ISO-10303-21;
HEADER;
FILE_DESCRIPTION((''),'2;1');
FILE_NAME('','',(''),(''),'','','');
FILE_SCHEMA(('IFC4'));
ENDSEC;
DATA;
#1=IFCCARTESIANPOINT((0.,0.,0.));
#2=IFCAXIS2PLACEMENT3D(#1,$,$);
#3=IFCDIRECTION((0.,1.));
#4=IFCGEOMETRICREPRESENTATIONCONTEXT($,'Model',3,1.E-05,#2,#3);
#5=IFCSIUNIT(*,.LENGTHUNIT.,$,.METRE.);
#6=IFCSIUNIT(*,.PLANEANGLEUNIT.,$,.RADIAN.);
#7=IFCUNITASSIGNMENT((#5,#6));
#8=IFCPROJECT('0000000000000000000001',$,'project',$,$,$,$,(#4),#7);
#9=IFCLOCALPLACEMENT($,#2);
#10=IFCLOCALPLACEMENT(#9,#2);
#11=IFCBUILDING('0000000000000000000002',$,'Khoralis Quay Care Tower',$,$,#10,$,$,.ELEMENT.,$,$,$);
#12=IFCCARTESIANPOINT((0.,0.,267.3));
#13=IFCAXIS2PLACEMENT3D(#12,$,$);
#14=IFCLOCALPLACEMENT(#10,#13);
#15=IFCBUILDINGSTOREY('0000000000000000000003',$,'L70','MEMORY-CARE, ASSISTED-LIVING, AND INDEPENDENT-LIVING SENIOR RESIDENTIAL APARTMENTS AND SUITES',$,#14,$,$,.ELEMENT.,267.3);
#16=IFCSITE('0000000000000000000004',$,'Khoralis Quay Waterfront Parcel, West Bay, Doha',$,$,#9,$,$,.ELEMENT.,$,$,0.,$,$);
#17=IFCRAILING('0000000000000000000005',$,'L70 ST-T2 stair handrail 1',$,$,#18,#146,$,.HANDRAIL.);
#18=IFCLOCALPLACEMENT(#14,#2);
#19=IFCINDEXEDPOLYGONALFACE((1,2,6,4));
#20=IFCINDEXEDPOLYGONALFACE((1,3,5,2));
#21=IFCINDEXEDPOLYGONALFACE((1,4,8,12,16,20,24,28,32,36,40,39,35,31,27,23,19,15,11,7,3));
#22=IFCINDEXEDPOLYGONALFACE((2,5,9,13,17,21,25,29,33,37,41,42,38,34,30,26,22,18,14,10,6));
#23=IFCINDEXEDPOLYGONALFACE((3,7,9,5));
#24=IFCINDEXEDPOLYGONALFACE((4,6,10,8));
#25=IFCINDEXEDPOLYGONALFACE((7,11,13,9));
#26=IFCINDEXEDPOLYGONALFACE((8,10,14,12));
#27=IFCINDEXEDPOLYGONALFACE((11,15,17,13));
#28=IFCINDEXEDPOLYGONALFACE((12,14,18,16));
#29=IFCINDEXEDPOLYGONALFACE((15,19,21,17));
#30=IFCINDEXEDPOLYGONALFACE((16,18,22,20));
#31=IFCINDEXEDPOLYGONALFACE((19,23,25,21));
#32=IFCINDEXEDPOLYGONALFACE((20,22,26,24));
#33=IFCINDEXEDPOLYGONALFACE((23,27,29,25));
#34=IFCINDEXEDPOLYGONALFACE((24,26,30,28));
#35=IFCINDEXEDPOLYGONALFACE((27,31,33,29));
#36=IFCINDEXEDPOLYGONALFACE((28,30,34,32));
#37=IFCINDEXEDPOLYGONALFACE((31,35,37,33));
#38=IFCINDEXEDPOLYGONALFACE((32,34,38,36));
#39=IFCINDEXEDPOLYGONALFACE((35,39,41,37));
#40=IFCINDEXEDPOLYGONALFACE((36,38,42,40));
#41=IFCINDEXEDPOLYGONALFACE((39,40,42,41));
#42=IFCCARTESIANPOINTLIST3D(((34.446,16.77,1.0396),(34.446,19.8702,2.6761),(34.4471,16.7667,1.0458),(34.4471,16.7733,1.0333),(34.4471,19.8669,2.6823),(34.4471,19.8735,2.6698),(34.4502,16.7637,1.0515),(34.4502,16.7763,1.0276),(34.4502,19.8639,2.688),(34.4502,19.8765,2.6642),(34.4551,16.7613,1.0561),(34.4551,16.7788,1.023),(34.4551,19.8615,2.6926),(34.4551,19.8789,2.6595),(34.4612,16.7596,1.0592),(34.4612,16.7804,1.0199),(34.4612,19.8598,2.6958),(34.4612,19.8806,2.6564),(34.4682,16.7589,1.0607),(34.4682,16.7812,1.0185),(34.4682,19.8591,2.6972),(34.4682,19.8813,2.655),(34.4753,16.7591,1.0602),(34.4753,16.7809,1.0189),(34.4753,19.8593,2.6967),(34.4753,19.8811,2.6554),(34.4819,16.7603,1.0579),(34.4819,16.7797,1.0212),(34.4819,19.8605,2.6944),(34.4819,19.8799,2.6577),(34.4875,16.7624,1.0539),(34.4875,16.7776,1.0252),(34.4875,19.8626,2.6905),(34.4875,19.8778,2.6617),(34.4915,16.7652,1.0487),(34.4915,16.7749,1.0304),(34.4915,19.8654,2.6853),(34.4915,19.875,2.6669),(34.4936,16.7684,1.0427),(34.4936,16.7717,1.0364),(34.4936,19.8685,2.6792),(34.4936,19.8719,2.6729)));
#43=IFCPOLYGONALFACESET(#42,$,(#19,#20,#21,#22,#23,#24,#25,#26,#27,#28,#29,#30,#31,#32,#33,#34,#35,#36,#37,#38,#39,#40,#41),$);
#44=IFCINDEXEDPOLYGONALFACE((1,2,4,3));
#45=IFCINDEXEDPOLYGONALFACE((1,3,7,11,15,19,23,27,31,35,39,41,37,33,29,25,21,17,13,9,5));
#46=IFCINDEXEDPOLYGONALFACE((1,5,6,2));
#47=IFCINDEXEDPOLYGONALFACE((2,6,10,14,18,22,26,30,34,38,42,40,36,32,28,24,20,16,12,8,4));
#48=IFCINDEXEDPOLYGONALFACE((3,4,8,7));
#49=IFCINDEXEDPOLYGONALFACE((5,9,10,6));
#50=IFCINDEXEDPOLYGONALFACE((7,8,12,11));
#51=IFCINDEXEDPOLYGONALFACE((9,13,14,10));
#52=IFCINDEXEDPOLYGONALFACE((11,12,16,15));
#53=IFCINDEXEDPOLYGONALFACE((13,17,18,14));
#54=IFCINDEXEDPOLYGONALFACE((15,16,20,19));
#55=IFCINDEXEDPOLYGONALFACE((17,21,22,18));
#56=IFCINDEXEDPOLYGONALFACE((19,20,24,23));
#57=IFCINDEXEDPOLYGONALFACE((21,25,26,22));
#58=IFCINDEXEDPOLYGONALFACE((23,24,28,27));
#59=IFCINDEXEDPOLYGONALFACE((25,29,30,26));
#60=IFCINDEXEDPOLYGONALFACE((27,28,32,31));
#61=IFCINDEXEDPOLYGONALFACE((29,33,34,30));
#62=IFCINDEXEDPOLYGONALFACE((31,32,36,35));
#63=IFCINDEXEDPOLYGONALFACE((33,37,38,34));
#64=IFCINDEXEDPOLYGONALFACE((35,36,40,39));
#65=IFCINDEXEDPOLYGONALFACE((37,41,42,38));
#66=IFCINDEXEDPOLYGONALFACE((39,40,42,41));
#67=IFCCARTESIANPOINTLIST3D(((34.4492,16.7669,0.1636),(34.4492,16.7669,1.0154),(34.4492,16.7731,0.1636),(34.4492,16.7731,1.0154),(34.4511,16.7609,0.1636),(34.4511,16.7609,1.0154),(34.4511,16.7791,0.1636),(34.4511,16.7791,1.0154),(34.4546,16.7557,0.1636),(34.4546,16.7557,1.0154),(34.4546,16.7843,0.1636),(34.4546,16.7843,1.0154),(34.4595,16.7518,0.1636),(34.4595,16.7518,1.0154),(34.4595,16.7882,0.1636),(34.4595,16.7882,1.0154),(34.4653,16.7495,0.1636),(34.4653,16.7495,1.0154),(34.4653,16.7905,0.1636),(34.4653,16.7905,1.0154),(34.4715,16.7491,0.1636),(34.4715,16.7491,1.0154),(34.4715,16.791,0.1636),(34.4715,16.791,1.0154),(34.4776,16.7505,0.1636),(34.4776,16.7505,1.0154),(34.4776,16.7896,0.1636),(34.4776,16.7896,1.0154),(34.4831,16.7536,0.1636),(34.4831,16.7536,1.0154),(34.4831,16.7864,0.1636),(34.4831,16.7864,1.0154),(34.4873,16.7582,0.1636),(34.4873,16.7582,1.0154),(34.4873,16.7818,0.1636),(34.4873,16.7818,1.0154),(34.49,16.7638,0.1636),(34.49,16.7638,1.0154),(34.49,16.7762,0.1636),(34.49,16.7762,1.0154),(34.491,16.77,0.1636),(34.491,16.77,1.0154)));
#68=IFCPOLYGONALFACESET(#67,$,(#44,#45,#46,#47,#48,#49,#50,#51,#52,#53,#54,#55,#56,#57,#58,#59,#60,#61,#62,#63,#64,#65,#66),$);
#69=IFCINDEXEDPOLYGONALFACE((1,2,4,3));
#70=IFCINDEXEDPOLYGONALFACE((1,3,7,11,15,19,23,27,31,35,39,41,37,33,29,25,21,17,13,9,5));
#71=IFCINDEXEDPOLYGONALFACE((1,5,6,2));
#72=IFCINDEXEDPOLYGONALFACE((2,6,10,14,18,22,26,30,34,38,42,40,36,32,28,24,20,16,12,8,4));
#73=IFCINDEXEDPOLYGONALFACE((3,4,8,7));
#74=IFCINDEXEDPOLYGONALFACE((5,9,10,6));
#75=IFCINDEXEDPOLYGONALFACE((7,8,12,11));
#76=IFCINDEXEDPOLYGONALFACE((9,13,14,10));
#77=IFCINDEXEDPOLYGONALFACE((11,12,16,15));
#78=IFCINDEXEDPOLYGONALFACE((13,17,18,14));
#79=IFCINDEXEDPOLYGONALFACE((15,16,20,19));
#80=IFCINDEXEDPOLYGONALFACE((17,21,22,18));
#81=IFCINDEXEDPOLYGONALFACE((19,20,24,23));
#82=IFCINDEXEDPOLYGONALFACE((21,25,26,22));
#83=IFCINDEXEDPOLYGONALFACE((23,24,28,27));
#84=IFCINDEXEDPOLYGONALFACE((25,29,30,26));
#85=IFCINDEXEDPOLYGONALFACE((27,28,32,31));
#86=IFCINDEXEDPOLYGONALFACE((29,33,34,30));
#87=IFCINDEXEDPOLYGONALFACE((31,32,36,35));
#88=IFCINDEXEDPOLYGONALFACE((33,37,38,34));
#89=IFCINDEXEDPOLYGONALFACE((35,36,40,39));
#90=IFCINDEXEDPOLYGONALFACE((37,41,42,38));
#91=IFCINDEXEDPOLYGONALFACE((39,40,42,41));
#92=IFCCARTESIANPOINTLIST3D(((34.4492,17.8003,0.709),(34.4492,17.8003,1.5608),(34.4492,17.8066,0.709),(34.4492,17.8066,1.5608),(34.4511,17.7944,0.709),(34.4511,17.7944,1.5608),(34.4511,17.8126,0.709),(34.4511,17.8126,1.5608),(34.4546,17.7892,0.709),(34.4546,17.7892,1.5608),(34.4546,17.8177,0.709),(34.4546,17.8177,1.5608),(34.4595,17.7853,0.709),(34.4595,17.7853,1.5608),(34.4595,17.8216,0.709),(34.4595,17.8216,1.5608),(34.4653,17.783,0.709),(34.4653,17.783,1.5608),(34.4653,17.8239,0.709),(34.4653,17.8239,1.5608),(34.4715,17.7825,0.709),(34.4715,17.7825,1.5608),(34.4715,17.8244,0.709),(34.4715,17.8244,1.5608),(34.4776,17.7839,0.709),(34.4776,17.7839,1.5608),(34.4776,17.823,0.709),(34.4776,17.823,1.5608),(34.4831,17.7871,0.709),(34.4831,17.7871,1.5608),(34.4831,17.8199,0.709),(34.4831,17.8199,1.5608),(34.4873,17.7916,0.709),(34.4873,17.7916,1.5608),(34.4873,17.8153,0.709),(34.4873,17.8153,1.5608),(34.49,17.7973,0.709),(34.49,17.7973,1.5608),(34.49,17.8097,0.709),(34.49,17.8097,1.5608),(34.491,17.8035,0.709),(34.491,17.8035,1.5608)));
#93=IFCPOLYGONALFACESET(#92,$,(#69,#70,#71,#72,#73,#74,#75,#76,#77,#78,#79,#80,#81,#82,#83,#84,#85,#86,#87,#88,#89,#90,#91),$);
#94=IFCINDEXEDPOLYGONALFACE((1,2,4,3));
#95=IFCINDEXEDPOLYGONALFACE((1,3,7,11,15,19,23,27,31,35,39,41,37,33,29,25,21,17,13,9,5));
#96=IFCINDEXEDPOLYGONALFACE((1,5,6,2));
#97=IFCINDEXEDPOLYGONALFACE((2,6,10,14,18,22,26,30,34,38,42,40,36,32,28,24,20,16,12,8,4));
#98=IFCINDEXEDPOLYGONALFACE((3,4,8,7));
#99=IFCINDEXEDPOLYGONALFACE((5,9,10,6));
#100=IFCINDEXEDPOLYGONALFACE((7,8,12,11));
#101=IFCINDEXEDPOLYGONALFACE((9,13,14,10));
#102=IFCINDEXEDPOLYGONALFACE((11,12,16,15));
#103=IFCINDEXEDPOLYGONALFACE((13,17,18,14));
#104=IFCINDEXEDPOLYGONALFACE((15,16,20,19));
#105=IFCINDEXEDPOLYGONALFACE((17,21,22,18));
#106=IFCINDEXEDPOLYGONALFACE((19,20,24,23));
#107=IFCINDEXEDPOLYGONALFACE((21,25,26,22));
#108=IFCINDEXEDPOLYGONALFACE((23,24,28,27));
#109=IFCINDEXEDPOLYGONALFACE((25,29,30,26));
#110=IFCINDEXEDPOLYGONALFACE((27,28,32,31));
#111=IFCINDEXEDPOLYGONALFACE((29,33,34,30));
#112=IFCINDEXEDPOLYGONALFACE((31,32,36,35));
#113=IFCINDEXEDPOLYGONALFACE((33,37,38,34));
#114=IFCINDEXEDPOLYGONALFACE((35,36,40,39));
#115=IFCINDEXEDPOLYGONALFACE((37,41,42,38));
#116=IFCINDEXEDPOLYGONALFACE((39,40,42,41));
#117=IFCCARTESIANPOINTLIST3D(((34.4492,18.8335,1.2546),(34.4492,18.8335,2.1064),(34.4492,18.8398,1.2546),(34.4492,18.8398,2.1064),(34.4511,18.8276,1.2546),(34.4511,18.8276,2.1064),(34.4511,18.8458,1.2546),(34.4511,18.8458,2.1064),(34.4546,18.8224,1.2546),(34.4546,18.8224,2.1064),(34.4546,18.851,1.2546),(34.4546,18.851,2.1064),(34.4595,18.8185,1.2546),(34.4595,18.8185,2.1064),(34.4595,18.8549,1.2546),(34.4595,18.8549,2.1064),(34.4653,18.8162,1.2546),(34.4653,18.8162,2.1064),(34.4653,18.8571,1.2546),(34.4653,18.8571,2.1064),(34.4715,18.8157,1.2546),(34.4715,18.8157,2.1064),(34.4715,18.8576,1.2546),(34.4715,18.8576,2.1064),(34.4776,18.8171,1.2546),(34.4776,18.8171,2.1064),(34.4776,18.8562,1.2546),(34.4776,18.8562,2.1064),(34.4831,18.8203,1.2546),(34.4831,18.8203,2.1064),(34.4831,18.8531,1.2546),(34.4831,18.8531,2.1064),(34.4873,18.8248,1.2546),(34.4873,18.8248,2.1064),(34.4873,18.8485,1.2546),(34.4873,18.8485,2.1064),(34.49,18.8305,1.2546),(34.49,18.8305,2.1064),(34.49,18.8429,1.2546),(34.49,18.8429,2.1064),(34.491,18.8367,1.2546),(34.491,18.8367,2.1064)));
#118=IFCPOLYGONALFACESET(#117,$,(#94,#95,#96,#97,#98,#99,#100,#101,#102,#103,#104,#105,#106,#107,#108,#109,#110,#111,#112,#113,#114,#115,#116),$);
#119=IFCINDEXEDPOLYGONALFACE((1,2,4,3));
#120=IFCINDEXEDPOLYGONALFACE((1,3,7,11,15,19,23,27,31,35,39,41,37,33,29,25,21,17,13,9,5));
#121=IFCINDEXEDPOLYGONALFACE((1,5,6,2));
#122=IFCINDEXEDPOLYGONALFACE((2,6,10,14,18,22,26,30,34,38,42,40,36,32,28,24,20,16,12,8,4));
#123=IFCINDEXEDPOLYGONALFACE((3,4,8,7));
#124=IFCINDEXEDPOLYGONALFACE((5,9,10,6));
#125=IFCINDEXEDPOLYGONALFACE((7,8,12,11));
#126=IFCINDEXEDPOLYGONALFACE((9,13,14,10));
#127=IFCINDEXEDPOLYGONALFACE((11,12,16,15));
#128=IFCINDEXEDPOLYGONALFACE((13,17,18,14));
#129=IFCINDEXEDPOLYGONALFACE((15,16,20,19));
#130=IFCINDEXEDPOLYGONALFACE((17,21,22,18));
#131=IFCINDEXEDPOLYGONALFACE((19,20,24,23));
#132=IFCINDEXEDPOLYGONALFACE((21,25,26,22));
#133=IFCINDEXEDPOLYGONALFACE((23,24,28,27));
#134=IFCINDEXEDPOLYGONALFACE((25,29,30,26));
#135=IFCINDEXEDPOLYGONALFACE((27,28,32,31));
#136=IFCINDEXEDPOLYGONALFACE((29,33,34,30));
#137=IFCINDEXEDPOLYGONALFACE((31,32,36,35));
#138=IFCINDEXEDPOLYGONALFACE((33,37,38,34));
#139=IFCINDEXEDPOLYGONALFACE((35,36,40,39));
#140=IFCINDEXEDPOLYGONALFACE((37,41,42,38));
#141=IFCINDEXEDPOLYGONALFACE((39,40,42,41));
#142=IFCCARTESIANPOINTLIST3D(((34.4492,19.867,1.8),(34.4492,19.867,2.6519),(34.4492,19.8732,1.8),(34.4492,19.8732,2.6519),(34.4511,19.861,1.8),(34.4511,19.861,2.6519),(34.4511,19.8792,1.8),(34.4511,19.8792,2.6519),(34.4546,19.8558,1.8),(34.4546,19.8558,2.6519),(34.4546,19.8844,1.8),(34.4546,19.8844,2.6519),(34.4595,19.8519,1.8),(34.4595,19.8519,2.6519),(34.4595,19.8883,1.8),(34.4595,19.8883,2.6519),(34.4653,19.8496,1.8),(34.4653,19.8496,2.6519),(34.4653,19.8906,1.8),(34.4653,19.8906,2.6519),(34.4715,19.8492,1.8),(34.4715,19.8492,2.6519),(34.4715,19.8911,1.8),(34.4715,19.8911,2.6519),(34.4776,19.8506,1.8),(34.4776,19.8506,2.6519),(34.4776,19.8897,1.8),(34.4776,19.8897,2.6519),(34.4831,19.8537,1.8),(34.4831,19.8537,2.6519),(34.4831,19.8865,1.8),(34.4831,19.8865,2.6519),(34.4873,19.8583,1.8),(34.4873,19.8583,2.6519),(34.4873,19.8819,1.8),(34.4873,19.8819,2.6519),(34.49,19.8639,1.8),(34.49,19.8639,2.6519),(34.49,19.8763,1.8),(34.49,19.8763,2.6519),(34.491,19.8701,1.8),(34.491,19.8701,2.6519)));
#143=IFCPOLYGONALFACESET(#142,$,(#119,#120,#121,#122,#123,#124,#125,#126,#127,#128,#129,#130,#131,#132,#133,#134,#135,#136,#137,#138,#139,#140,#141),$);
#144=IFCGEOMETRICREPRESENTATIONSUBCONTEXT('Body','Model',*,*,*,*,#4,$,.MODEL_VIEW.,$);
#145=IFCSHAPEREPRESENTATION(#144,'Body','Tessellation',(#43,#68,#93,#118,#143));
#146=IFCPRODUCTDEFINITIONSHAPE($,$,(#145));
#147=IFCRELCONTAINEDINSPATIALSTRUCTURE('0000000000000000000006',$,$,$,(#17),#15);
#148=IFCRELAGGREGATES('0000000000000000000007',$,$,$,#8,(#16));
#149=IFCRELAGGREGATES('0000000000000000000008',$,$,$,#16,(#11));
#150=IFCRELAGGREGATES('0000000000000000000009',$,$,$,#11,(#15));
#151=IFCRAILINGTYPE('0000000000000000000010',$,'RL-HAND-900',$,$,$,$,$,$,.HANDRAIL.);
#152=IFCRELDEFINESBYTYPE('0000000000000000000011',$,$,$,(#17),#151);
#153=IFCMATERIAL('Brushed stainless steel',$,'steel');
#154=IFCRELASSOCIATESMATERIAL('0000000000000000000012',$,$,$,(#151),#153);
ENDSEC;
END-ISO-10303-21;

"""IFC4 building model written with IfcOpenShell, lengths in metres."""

from ifc_helpers import new_model, si_unit, direction, frame, origin, origin_2d, place, context, subcontext, project, spatial, circle, extrude, material, type_object, element, save


model = new_model("IFC4")

# Units and contexts
model_context = context("Model", 3, precision=1e-05, world=origin(), true_north=direction((0.0, 1.0)))
body_context = subcontext(model_context, "Body", "Model", "MODEL_VIEW")
ifc_project = project(units=[si_unit("LENGTHUNIT", "METRE"), si_unit("PLANEANGLEUNIT", "RADIAN")], contexts=[model_context])

# Site, building, storey
site_placement = place(None, origin())
site = spatial("IfcSite", under=ifc_project, at=site_placement, Name="Khoralis Quay Waterfront Parcel, West Bay, Doha", CompositionType="ELEMENT", RefElevation=0.0)
building_placement = place(site_placement, origin())
building = spatial("IfcBuilding", under=site, at=building_placement, Name="Khoralis Quay Care Tower", CompositionType="ELEMENT")
storey_placement = place(building_placement, frame((0.0, 0.0, 267.3)))
storey = spatial("IfcBuildingStorey", under=building, at=storey_placement, Name="L70", Description="MEMORY-CARE, ASSISTED-LIVING, AND INDEPENDENT-LIVING SENIOR RESIDENTIAL APARTMENTS AND SUITES", CompositionType="ELEMENT", Elevation=267.3)

# Railing
ifc_material_1 = material(Name="Brushed stainless steel", Category="steel")
railing_type_1 = type_object("IfcRailingType", Name="RL-HAND-900", PredefinedType="HANDRAIL", material=ifc_material_1)
railing_1_placement = place(storey_placement, frame((34.47, 16.77, 0.1636)))
element("IfcRailing", 1, at=railing_1_placement, inside=storey, type_object=railing_type_1, Name="L70 ST-T2 stair handrail 1", PredefinedType="HANDRAIL", context=body_context, shape_type="SweptSolid", body=[
    extrude(circle(Radius=0.0239, at=origin_2d()), frame((0.0, 0.0, 0.876), z_axis=(0.0, 0.884348, 0.466828), x_axis=(-1.0, 0.0, 0.0)), (0.0, 0.0, 1.0), 3.5056),
    extrude(circle(Radius=0.021, at=origin_2d()), origin(), (0.0, 0.0, 1.0), 0.8518),
    extrude(circle(Radius=0.021, at=origin_2d()), frame((0.0, 1.0334, 0.5454)), (0.0, 0.0, 1.0), 0.8518),
    extrude(circle(Radius=0.021, at=origin_2d()), frame((0.0, 2.0667, 1.0911)), (0.0, 0.0, 1.0), 0.8518),
    extrude(circle(Radius=0.021, at=origin_2d()), frame((0.0, 3.1001, 1.6365)), (0.0, 0.0, 1.0), 0.8518),
])

save(model, "model.ifc")
